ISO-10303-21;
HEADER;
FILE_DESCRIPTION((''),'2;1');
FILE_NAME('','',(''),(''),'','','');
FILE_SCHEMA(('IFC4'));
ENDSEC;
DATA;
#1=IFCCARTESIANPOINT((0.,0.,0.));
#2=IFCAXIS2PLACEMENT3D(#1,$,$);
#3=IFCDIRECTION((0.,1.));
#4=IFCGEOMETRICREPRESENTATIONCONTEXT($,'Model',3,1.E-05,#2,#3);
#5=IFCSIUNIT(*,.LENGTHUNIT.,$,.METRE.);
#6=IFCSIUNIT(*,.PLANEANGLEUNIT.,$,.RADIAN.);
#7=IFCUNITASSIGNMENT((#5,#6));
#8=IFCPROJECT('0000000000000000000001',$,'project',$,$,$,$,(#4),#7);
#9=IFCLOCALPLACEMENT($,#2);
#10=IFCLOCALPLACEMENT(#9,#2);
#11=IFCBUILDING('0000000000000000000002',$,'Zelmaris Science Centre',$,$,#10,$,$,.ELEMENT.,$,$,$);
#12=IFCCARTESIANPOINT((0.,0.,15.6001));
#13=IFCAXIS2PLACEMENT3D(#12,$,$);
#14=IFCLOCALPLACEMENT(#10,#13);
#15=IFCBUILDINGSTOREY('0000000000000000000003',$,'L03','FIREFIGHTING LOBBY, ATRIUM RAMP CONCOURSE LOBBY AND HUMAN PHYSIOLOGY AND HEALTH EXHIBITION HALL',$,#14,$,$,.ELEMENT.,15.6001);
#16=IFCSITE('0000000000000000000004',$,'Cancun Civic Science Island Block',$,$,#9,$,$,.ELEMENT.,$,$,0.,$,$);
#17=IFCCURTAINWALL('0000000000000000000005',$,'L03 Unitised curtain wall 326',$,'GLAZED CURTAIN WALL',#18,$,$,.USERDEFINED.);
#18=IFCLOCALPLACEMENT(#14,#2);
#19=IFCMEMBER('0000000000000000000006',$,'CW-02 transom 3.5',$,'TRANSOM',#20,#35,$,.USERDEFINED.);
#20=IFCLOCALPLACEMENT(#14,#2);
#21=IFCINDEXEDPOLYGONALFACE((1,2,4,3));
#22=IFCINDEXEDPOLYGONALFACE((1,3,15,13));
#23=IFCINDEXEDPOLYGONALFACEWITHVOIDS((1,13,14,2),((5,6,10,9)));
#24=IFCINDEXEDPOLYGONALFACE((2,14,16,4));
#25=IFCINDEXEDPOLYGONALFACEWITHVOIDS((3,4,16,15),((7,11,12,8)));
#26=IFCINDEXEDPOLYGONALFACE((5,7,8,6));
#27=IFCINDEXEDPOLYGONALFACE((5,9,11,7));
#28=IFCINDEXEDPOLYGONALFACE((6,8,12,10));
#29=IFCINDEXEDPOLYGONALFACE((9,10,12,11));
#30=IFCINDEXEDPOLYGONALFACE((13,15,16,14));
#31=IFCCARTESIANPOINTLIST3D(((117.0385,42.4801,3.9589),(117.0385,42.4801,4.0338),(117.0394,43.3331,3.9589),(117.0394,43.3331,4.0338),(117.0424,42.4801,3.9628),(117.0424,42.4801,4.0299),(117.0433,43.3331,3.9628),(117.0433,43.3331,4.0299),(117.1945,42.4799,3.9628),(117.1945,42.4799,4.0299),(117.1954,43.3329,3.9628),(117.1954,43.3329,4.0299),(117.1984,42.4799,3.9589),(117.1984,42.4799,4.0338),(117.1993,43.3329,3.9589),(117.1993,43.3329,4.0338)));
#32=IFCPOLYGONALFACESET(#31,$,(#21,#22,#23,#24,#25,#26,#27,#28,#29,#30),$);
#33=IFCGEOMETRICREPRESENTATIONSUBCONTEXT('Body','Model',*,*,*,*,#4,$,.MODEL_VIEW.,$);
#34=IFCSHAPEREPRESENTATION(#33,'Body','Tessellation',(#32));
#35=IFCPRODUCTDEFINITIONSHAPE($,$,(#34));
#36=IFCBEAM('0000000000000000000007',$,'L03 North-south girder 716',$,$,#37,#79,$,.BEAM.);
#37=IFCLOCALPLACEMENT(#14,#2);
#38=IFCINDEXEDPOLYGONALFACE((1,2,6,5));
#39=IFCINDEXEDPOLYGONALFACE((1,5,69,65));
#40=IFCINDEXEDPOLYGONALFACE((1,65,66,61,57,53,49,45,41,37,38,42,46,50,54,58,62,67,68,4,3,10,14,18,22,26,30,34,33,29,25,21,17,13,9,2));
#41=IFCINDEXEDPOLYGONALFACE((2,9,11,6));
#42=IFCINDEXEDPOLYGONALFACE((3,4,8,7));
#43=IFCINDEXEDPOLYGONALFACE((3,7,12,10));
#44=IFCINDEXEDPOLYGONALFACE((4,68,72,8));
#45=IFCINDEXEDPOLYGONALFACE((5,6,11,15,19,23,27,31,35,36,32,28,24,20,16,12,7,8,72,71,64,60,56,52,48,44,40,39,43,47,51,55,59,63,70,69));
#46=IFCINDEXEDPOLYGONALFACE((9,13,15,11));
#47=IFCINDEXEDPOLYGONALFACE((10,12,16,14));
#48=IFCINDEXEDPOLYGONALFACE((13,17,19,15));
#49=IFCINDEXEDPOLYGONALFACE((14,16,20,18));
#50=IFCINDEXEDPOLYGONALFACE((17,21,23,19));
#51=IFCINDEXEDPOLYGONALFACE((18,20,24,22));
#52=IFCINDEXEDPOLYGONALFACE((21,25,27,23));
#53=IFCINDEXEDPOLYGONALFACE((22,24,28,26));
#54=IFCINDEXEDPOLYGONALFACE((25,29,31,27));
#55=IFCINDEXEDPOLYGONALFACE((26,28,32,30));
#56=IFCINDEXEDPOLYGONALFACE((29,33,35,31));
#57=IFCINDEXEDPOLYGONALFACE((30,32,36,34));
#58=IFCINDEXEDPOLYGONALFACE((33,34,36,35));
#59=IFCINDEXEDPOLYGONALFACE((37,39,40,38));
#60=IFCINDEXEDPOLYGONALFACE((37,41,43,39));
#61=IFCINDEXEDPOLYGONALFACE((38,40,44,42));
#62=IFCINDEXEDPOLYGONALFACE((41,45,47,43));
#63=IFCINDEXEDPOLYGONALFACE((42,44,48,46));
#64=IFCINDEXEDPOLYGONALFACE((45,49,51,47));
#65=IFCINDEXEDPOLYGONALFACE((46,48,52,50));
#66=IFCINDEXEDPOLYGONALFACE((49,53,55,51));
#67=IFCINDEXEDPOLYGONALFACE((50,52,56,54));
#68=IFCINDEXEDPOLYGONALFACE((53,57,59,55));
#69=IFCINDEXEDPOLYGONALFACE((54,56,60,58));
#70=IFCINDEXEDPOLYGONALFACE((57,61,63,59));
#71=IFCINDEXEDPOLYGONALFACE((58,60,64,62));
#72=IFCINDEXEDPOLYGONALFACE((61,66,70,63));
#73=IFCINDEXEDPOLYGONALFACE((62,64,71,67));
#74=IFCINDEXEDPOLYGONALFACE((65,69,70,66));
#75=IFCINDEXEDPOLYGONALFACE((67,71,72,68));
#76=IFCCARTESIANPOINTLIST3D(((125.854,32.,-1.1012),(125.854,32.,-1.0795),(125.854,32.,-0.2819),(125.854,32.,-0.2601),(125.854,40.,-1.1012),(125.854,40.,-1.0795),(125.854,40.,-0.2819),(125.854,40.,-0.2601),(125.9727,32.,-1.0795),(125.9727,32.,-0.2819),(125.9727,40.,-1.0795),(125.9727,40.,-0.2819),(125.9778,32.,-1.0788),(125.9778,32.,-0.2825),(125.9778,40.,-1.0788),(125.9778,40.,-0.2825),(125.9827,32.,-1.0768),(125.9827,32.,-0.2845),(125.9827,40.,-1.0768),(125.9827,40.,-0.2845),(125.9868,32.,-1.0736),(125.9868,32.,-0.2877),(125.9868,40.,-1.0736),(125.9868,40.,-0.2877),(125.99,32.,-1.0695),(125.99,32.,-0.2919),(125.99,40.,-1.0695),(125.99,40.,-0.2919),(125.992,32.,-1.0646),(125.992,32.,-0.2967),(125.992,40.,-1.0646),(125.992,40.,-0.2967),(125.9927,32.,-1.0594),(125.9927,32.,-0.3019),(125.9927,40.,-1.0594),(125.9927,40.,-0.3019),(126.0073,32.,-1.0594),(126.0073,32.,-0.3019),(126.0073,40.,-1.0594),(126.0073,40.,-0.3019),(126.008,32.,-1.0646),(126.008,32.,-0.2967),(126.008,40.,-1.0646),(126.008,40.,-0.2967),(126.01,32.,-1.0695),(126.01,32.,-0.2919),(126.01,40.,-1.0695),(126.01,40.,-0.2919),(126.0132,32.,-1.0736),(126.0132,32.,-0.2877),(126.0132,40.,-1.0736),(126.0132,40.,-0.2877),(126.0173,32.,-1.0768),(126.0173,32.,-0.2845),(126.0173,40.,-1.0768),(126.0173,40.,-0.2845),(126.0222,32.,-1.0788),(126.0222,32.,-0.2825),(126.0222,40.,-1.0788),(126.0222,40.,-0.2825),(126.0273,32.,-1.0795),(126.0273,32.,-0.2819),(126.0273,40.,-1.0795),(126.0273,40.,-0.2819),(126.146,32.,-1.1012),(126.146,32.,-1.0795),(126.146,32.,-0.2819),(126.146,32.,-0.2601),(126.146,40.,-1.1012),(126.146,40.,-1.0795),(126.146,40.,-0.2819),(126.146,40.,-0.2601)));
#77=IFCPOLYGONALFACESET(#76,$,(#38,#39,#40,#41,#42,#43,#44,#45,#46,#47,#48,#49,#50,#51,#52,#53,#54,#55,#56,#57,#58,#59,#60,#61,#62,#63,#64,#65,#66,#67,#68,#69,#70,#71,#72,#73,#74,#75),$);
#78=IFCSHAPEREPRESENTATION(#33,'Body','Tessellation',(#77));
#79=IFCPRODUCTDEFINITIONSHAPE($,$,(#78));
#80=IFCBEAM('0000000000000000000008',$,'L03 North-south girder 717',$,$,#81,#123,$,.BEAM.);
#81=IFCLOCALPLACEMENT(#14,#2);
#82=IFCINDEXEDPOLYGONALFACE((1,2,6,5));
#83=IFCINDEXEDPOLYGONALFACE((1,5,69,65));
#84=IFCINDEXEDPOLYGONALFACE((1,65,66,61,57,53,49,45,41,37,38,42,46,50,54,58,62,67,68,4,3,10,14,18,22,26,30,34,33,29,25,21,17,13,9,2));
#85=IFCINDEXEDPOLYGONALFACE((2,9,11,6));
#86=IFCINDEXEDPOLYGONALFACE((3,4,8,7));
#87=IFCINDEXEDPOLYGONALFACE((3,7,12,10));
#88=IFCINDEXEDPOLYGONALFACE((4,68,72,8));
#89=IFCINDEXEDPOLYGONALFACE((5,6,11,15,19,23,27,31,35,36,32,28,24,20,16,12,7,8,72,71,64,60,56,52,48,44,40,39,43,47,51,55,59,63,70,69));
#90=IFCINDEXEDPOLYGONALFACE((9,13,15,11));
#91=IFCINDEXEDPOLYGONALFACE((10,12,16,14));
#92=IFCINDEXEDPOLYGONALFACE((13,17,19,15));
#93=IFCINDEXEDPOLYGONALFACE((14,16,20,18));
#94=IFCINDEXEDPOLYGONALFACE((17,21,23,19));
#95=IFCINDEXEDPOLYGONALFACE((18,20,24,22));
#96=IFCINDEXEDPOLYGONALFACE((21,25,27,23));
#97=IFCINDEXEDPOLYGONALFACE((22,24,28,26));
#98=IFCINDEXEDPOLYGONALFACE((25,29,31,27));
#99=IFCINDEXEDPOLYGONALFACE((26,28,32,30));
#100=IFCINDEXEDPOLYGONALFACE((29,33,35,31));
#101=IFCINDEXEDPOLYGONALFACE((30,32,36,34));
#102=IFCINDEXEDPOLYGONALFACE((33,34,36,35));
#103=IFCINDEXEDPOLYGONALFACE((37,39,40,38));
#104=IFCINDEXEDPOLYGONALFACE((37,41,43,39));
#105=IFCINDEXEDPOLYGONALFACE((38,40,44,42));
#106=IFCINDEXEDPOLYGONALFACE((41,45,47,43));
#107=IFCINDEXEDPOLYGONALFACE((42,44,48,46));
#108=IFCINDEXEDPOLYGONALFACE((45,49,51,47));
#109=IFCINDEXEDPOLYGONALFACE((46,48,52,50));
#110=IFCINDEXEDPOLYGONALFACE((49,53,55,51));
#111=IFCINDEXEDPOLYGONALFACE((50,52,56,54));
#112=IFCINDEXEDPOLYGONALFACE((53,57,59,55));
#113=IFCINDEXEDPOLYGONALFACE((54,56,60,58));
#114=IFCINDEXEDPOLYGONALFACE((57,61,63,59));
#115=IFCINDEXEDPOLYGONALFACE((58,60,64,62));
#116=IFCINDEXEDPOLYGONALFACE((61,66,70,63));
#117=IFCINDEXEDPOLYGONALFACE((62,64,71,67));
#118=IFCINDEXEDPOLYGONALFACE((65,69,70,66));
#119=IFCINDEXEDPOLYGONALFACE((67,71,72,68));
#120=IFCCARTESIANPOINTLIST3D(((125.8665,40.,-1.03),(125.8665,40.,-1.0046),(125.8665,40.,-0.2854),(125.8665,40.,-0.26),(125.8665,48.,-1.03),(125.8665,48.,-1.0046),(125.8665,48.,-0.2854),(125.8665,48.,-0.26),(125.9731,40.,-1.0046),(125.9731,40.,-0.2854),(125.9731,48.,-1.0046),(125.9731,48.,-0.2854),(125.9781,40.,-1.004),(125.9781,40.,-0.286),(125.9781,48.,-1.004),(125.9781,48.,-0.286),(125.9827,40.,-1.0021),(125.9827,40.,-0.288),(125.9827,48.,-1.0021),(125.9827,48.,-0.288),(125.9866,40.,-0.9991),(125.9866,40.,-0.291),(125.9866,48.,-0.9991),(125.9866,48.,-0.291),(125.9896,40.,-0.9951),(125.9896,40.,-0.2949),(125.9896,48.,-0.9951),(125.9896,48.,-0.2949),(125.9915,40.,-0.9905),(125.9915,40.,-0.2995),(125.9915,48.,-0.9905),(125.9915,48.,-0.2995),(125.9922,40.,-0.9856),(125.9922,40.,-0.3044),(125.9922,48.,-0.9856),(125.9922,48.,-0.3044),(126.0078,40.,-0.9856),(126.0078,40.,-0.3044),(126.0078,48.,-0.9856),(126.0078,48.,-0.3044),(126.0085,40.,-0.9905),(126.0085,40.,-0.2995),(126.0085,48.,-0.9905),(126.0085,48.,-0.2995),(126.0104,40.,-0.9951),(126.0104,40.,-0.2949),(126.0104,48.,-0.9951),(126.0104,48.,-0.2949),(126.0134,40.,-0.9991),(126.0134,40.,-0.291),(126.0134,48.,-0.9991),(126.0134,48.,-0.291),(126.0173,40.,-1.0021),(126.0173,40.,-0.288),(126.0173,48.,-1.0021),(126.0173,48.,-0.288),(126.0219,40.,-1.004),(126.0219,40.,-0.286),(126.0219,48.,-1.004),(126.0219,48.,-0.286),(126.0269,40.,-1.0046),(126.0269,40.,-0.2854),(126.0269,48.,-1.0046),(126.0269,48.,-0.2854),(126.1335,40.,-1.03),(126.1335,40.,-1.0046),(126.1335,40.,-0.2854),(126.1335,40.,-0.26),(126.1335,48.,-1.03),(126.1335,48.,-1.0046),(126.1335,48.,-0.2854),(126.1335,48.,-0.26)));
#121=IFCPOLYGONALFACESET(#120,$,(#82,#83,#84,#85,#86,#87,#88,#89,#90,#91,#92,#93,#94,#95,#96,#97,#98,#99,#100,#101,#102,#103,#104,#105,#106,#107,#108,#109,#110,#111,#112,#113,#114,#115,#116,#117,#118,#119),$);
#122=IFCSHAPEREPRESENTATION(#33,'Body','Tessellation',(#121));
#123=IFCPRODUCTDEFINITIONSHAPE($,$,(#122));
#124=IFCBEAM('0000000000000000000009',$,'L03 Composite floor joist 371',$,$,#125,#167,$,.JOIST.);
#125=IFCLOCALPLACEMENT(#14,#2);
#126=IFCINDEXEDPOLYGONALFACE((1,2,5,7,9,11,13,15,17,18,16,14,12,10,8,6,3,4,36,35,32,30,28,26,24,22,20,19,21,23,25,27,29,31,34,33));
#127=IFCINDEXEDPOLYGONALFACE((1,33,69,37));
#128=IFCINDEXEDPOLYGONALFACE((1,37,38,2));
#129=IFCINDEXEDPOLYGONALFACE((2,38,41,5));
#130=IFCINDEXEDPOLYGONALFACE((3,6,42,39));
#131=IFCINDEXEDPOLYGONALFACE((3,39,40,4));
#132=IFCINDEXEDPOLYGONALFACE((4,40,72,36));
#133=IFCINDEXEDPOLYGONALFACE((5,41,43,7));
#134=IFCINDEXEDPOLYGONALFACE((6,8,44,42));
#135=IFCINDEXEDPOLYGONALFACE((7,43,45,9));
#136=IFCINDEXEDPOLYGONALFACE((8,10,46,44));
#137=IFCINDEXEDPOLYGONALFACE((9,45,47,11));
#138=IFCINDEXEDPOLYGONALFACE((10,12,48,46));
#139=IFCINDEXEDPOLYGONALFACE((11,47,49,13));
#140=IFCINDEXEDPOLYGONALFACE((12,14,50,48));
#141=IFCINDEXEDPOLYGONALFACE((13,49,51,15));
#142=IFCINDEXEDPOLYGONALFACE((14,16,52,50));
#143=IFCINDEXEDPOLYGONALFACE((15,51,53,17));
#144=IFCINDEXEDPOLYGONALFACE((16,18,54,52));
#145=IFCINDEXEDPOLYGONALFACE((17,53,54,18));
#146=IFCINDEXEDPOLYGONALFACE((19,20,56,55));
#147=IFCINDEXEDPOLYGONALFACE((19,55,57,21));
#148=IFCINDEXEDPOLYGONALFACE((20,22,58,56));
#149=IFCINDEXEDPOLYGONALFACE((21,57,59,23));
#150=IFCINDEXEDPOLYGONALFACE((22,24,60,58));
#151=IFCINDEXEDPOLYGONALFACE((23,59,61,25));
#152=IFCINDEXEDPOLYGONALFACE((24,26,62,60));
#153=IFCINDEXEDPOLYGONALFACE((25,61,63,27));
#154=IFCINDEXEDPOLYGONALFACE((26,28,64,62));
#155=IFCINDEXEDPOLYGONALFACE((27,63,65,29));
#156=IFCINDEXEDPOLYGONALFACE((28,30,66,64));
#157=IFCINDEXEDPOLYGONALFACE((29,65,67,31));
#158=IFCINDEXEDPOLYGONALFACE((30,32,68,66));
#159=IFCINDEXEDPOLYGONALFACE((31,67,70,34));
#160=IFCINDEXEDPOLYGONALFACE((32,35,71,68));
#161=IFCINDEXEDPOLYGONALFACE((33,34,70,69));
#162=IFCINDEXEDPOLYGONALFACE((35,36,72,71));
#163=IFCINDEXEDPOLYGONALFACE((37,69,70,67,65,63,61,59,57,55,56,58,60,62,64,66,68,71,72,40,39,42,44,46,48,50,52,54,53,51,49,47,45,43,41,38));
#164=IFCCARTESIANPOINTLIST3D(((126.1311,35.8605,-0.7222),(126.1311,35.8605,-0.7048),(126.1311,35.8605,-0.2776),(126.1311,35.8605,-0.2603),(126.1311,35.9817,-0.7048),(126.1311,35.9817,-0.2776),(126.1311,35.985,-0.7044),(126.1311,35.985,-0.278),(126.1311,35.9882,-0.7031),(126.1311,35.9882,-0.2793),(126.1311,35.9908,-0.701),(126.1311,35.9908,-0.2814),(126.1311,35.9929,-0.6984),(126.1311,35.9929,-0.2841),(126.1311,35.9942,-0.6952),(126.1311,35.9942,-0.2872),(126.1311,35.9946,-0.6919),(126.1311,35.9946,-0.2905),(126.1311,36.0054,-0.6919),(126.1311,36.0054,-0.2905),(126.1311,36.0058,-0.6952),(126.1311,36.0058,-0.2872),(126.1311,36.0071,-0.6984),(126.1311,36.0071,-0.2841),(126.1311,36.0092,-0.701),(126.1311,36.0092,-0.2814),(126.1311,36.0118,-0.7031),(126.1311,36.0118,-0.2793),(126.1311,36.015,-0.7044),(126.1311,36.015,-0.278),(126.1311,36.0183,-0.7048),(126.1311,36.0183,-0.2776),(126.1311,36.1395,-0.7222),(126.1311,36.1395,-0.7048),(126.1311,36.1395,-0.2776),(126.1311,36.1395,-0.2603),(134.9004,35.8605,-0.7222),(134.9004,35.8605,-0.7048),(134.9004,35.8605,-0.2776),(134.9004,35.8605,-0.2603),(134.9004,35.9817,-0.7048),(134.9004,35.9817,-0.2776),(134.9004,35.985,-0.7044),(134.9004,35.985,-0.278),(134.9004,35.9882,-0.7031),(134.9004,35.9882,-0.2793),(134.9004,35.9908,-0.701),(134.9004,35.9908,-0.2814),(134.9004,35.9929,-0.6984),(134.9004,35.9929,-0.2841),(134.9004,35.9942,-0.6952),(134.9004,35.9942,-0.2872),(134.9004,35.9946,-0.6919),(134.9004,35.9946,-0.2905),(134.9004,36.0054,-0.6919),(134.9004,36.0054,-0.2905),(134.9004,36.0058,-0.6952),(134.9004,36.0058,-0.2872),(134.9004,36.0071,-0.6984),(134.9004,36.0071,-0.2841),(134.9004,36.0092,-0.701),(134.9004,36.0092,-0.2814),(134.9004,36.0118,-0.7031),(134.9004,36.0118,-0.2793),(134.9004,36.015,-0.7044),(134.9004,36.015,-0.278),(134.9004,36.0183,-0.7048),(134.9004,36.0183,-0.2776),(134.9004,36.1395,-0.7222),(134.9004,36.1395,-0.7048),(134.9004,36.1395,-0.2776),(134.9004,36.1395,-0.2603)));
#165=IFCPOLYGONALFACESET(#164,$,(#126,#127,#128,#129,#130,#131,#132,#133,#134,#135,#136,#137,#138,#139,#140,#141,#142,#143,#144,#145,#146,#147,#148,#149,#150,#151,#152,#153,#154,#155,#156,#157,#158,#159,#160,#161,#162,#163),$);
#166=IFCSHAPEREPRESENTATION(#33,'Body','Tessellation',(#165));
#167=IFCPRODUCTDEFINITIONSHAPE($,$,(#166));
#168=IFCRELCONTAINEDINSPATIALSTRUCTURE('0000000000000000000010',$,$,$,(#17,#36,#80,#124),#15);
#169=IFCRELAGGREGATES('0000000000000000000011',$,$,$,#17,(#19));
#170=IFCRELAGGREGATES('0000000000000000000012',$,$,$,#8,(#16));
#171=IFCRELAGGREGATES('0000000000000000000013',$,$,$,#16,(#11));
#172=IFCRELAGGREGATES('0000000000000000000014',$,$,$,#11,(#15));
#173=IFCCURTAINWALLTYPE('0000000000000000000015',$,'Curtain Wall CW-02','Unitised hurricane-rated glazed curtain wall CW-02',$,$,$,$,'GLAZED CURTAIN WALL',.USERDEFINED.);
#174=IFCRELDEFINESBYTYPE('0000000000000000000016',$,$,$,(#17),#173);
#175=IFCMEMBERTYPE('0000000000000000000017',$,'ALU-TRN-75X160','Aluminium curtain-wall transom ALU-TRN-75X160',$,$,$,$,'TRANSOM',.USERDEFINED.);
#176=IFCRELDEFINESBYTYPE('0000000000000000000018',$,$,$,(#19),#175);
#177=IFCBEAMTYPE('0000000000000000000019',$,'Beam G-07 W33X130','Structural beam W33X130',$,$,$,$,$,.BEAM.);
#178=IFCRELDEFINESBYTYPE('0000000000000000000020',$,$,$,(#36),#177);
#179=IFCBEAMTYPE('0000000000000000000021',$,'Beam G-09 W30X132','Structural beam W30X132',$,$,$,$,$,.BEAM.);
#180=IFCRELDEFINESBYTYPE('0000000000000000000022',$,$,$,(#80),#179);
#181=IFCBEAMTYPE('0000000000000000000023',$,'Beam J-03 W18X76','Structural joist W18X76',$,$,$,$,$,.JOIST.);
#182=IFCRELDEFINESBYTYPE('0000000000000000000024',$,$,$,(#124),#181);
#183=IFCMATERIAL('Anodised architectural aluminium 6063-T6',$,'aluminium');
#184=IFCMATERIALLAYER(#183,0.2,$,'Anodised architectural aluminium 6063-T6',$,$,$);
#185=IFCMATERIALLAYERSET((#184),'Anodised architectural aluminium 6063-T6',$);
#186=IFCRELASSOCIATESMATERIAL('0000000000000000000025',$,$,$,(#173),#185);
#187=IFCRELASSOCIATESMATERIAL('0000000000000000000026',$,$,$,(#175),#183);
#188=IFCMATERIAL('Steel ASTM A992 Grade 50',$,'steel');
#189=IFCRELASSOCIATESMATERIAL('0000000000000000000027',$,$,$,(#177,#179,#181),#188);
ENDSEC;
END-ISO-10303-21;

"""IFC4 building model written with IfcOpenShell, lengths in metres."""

from ifc_helpers import new_model, si_unit, direction, frame, origin, origin_2d, place, context, subcontext, project, spatial, hollow_rectangle, i_section, extrude, material, layer, layer_set, material_profile, profile_set, type_object, element, aggregate, save


model = new_model("IFC4")

# Units and contexts
model_context = context("Model", 3, precision=1e-05, world=origin(), true_north=direction((0.0, 1.0)))
body_context = subcontext(model_context, "Body", "Model", "MODEL_VIEW")
ifc_project = project(units=[si_unit("LENGTHUNIT", "METRE"), si_unit("PLANEANGLEUNIT", "RADIAN")], contexts=[model_context])

# Site, building, storey
site_placement = place(None, origin())
site = spatial("IfcSite", under=ifc_project, at=site_placement, Name="Cancun Civic Science Island Block", CompositionType="ELEMENT", RefElevation=0.0)
building_placement = place(site_placement, origin())
building = spatial("IfcBuilding", under=site, at=building_placement, Name="Zelmaris Science Centre", CompositionType="ELEMENT")
storey_placement = place(building_placement, frame((0.0, 0.0, 15.6001)))
storey = spatial("IfcBuildingStorey", under=building, at=storey_placement, Name="L03", Description="FIREFIGHTING LOBBY, ATRIUM RAMP CONCOURSE LOBBY AND HUMAN PHYSIOLOGY AND HEALTH EXHIBITION HALL", CompositionType="ELEMENT", Elevation=15.6001)

# Shared definitions
ifc_material_1 = material(Name="Steel ASTM A992 Grade 50", Category="steel")

# Curtain wall, member
ifc_material_2 = material(Name="Anodised architectural aluminium 6063-T6", Category="aluminium")
ifc_layer_1 = layer(ifc_material_2, 0.2, Name="Anodised architectural aluminium 6063-T6")
ifc_layer_set_1 = layer_set([ifc_layer_1], Name="Anodised architectural aluminium 6063-T6")
curtain_wall_type = type_object("IfcCurtainWallType", Name="Curtain Wall CW-02", Description="Unitised hurricane-rated glazed curtain wall CW-02", ElementType="GLAZED CURTAIN WALL", PredefinedType="USERDEFINED", material=ifc_layer_set_1)
curtain_wall_placement = place(storey_placement, origin())
curtain_wall = element("IfcCurtainWall", 1, at=curtain_wall_placement, inside=storey, type_object=curtain_wall_type, Name="L03 Unitised curtain wall 326", ObjectType="GLAZED CURTAIN WALL", PredefinedType="USERDEFINED")
ifc_material_profile_1 = material_profile(ifc_material_2, hollow_rectangle(XDim=0.075, YDim=0.1599, WallThickness=0.0039, at=origin_2d()), Name="ALU-TRN-75X160")
ifc_profile_set_1 = profile_set([ifc_material_profile_1], Name="Anodised architectural aluminium 6063-T6")
member_type_1 = type_object("IfcMemberType", Name="ALU-TRN-75X160", Description="Aluminium curtain-wall transom ALU-TRN-75X160", ElementType="TRANSOM", PredefinedType="USERDEFINED", material=ifc_profile_set_1)
member_1_placement = place(storey_placement, frame((117.1184, 42.48, 3.9963), z_axis=(0.001145, 0.999999, 0.0), x_axis=(0.0, 0.0, 1.0)))
member_1 = element("IfcMember", 2, at=member_1_placement, type_object=member_type_1, Name="CW-02 transom 3.5", ObjectType="TRANSOM", PredefinedType="USERDEFINED", context=body_context, shape_type="SweptSolid", body=[
    extrude(hollow_rectangle(XDim=0.075, YDim=0.1599, WallThickness=0.0039, at=origin_2d()), origin(), (0.0, 0.0, 1.0), 0.853),
])

# Beams
ifc_material_profile_2 = material_profile(ifc_material_1, i_section(OverallWidth=0.292, OverallDepth=0.8411, WebThickness=0.0146, FlangeThickness=0.0217, FilletRadius=0.02, at=origin_2d()), Name="W33X130")
ifc_profile_set_2 = profile_set([ifc_material_profile_2], Name="Steel ASTM A992 Grade 50")
beam_type_1 = type_object("IfcBeamType", Name="Beam G-07 W33X130", Description="Structural beam W33X130", PredefinedType="BEAM", material=ifc_profile_set_2)
beam_1_placement = place(storey_placement, frame((126.0, 32.0, -0.6807), z_axis=(0.0, 1.0, 0.0), x_axis=(-1.0, 0.0, 0.0)))
element("IfcBeam", 3, at=beam_1_placement, inside=storey, type_object=beam_type_1, Name="L03 North-south girder 716", PredefinedType="BEAM", context=body_context, shape_type="SweptSolid", body=[
    extrude(i_section(OverallWidth=0.292, OverallDepth=0.8411, WebThickness=0.0146, FlangeThickness=0.0217, FilletRadius=0.02, at=origin_2d()), origin(), (0.0, 0.0, 1.0), 8.0),
])
ifc_material_profile_3 = material_profile(ifc_material_1, i_section(OverallWidth=0.2671, OverallDepth=0.77, WebThickness=0.0156, FlangeThickness=0.0254, FilletRadius=0.019, at=origin_2d()), Name="W30X132")
ifc_profile_set_3 = profile_set([ifc_material_profile_3], Name="Steel ASTM A992 Grade 50")
beam_type_2 = type_object("IfcBeamType", Name="Beam G-09 W30X132", Description="Structural beam W30X132", PredefinedType="BEAM", material=ifc_profile_set_3)
beam_2_placement = place(storey_placement, frame((126.0, 40.0, -0.645), z_axis=(0.0, 1.0, 0.0), x_axis=(-1.0, 0.0, 0.0)))
element("IfcBeam", 4, at=beam_2_placement, inside=storey, type_object=beam_type_2, Name="L03 North-south girder 717", PredefinedType="BEAM", context=body_context, shape_type="SweptSolid", body=[
    extrude(i_section(OverallWidth=0.2671, OverallDepth=0.77, WebThickness=0.0156, FlangeThickness=0.0254, FilletRadius=0.019, at=origin_2d()), origin(), (0.0, 0.0, 1.0), 8.0),
])
ifc_material_profile_4 = material_profile(ifc_material_1, i_section(OverallWidth=0.2791, OverallDepth=0.4619, WebThickness=0.0107, FlangeThickness=0.0173, FilletRadius=0.0129, at=origin_2d()), Name="W18X76")
ifc_profile_set_4 = profile_set([ifc_material_profile_4], Name="Steel ASTM A992 Grade 50")
beam_type_3 = type_object("IfcBeamType", Name="Beam J-03 W18X76", Description="Structural joist W18X76", PredefinedType="JOIST", material=ifc_profile_set_4)
beam_3_placement = place(storey_placement, frame((126.1311, 36.0, -0.4912), z_axis=(1.0, 0.0, 0.0), x_axis=(0.0, 1.0, 0.0)))
element("IfcBeam", 5, at=beam_3_placement, inside=storey, type_object=beam_type_3, Name="L03 Composite floor joist 371", PredefinedType="JOIST", context=body_context, shape_type="SweptSolid", body=[
    extrude(i_section(OverallWidth=0.2791, OverallDepth=0.4619, WebThickness=0.0107, FlangeThickness=0.0173, FilletRadius=0.0129, at=origin_2d()), origin(), (0.0, 0.0, 1.0), 8.7693),
])

aggregate(curtain_wall, [member_1])

save(model, "model.ifc")
